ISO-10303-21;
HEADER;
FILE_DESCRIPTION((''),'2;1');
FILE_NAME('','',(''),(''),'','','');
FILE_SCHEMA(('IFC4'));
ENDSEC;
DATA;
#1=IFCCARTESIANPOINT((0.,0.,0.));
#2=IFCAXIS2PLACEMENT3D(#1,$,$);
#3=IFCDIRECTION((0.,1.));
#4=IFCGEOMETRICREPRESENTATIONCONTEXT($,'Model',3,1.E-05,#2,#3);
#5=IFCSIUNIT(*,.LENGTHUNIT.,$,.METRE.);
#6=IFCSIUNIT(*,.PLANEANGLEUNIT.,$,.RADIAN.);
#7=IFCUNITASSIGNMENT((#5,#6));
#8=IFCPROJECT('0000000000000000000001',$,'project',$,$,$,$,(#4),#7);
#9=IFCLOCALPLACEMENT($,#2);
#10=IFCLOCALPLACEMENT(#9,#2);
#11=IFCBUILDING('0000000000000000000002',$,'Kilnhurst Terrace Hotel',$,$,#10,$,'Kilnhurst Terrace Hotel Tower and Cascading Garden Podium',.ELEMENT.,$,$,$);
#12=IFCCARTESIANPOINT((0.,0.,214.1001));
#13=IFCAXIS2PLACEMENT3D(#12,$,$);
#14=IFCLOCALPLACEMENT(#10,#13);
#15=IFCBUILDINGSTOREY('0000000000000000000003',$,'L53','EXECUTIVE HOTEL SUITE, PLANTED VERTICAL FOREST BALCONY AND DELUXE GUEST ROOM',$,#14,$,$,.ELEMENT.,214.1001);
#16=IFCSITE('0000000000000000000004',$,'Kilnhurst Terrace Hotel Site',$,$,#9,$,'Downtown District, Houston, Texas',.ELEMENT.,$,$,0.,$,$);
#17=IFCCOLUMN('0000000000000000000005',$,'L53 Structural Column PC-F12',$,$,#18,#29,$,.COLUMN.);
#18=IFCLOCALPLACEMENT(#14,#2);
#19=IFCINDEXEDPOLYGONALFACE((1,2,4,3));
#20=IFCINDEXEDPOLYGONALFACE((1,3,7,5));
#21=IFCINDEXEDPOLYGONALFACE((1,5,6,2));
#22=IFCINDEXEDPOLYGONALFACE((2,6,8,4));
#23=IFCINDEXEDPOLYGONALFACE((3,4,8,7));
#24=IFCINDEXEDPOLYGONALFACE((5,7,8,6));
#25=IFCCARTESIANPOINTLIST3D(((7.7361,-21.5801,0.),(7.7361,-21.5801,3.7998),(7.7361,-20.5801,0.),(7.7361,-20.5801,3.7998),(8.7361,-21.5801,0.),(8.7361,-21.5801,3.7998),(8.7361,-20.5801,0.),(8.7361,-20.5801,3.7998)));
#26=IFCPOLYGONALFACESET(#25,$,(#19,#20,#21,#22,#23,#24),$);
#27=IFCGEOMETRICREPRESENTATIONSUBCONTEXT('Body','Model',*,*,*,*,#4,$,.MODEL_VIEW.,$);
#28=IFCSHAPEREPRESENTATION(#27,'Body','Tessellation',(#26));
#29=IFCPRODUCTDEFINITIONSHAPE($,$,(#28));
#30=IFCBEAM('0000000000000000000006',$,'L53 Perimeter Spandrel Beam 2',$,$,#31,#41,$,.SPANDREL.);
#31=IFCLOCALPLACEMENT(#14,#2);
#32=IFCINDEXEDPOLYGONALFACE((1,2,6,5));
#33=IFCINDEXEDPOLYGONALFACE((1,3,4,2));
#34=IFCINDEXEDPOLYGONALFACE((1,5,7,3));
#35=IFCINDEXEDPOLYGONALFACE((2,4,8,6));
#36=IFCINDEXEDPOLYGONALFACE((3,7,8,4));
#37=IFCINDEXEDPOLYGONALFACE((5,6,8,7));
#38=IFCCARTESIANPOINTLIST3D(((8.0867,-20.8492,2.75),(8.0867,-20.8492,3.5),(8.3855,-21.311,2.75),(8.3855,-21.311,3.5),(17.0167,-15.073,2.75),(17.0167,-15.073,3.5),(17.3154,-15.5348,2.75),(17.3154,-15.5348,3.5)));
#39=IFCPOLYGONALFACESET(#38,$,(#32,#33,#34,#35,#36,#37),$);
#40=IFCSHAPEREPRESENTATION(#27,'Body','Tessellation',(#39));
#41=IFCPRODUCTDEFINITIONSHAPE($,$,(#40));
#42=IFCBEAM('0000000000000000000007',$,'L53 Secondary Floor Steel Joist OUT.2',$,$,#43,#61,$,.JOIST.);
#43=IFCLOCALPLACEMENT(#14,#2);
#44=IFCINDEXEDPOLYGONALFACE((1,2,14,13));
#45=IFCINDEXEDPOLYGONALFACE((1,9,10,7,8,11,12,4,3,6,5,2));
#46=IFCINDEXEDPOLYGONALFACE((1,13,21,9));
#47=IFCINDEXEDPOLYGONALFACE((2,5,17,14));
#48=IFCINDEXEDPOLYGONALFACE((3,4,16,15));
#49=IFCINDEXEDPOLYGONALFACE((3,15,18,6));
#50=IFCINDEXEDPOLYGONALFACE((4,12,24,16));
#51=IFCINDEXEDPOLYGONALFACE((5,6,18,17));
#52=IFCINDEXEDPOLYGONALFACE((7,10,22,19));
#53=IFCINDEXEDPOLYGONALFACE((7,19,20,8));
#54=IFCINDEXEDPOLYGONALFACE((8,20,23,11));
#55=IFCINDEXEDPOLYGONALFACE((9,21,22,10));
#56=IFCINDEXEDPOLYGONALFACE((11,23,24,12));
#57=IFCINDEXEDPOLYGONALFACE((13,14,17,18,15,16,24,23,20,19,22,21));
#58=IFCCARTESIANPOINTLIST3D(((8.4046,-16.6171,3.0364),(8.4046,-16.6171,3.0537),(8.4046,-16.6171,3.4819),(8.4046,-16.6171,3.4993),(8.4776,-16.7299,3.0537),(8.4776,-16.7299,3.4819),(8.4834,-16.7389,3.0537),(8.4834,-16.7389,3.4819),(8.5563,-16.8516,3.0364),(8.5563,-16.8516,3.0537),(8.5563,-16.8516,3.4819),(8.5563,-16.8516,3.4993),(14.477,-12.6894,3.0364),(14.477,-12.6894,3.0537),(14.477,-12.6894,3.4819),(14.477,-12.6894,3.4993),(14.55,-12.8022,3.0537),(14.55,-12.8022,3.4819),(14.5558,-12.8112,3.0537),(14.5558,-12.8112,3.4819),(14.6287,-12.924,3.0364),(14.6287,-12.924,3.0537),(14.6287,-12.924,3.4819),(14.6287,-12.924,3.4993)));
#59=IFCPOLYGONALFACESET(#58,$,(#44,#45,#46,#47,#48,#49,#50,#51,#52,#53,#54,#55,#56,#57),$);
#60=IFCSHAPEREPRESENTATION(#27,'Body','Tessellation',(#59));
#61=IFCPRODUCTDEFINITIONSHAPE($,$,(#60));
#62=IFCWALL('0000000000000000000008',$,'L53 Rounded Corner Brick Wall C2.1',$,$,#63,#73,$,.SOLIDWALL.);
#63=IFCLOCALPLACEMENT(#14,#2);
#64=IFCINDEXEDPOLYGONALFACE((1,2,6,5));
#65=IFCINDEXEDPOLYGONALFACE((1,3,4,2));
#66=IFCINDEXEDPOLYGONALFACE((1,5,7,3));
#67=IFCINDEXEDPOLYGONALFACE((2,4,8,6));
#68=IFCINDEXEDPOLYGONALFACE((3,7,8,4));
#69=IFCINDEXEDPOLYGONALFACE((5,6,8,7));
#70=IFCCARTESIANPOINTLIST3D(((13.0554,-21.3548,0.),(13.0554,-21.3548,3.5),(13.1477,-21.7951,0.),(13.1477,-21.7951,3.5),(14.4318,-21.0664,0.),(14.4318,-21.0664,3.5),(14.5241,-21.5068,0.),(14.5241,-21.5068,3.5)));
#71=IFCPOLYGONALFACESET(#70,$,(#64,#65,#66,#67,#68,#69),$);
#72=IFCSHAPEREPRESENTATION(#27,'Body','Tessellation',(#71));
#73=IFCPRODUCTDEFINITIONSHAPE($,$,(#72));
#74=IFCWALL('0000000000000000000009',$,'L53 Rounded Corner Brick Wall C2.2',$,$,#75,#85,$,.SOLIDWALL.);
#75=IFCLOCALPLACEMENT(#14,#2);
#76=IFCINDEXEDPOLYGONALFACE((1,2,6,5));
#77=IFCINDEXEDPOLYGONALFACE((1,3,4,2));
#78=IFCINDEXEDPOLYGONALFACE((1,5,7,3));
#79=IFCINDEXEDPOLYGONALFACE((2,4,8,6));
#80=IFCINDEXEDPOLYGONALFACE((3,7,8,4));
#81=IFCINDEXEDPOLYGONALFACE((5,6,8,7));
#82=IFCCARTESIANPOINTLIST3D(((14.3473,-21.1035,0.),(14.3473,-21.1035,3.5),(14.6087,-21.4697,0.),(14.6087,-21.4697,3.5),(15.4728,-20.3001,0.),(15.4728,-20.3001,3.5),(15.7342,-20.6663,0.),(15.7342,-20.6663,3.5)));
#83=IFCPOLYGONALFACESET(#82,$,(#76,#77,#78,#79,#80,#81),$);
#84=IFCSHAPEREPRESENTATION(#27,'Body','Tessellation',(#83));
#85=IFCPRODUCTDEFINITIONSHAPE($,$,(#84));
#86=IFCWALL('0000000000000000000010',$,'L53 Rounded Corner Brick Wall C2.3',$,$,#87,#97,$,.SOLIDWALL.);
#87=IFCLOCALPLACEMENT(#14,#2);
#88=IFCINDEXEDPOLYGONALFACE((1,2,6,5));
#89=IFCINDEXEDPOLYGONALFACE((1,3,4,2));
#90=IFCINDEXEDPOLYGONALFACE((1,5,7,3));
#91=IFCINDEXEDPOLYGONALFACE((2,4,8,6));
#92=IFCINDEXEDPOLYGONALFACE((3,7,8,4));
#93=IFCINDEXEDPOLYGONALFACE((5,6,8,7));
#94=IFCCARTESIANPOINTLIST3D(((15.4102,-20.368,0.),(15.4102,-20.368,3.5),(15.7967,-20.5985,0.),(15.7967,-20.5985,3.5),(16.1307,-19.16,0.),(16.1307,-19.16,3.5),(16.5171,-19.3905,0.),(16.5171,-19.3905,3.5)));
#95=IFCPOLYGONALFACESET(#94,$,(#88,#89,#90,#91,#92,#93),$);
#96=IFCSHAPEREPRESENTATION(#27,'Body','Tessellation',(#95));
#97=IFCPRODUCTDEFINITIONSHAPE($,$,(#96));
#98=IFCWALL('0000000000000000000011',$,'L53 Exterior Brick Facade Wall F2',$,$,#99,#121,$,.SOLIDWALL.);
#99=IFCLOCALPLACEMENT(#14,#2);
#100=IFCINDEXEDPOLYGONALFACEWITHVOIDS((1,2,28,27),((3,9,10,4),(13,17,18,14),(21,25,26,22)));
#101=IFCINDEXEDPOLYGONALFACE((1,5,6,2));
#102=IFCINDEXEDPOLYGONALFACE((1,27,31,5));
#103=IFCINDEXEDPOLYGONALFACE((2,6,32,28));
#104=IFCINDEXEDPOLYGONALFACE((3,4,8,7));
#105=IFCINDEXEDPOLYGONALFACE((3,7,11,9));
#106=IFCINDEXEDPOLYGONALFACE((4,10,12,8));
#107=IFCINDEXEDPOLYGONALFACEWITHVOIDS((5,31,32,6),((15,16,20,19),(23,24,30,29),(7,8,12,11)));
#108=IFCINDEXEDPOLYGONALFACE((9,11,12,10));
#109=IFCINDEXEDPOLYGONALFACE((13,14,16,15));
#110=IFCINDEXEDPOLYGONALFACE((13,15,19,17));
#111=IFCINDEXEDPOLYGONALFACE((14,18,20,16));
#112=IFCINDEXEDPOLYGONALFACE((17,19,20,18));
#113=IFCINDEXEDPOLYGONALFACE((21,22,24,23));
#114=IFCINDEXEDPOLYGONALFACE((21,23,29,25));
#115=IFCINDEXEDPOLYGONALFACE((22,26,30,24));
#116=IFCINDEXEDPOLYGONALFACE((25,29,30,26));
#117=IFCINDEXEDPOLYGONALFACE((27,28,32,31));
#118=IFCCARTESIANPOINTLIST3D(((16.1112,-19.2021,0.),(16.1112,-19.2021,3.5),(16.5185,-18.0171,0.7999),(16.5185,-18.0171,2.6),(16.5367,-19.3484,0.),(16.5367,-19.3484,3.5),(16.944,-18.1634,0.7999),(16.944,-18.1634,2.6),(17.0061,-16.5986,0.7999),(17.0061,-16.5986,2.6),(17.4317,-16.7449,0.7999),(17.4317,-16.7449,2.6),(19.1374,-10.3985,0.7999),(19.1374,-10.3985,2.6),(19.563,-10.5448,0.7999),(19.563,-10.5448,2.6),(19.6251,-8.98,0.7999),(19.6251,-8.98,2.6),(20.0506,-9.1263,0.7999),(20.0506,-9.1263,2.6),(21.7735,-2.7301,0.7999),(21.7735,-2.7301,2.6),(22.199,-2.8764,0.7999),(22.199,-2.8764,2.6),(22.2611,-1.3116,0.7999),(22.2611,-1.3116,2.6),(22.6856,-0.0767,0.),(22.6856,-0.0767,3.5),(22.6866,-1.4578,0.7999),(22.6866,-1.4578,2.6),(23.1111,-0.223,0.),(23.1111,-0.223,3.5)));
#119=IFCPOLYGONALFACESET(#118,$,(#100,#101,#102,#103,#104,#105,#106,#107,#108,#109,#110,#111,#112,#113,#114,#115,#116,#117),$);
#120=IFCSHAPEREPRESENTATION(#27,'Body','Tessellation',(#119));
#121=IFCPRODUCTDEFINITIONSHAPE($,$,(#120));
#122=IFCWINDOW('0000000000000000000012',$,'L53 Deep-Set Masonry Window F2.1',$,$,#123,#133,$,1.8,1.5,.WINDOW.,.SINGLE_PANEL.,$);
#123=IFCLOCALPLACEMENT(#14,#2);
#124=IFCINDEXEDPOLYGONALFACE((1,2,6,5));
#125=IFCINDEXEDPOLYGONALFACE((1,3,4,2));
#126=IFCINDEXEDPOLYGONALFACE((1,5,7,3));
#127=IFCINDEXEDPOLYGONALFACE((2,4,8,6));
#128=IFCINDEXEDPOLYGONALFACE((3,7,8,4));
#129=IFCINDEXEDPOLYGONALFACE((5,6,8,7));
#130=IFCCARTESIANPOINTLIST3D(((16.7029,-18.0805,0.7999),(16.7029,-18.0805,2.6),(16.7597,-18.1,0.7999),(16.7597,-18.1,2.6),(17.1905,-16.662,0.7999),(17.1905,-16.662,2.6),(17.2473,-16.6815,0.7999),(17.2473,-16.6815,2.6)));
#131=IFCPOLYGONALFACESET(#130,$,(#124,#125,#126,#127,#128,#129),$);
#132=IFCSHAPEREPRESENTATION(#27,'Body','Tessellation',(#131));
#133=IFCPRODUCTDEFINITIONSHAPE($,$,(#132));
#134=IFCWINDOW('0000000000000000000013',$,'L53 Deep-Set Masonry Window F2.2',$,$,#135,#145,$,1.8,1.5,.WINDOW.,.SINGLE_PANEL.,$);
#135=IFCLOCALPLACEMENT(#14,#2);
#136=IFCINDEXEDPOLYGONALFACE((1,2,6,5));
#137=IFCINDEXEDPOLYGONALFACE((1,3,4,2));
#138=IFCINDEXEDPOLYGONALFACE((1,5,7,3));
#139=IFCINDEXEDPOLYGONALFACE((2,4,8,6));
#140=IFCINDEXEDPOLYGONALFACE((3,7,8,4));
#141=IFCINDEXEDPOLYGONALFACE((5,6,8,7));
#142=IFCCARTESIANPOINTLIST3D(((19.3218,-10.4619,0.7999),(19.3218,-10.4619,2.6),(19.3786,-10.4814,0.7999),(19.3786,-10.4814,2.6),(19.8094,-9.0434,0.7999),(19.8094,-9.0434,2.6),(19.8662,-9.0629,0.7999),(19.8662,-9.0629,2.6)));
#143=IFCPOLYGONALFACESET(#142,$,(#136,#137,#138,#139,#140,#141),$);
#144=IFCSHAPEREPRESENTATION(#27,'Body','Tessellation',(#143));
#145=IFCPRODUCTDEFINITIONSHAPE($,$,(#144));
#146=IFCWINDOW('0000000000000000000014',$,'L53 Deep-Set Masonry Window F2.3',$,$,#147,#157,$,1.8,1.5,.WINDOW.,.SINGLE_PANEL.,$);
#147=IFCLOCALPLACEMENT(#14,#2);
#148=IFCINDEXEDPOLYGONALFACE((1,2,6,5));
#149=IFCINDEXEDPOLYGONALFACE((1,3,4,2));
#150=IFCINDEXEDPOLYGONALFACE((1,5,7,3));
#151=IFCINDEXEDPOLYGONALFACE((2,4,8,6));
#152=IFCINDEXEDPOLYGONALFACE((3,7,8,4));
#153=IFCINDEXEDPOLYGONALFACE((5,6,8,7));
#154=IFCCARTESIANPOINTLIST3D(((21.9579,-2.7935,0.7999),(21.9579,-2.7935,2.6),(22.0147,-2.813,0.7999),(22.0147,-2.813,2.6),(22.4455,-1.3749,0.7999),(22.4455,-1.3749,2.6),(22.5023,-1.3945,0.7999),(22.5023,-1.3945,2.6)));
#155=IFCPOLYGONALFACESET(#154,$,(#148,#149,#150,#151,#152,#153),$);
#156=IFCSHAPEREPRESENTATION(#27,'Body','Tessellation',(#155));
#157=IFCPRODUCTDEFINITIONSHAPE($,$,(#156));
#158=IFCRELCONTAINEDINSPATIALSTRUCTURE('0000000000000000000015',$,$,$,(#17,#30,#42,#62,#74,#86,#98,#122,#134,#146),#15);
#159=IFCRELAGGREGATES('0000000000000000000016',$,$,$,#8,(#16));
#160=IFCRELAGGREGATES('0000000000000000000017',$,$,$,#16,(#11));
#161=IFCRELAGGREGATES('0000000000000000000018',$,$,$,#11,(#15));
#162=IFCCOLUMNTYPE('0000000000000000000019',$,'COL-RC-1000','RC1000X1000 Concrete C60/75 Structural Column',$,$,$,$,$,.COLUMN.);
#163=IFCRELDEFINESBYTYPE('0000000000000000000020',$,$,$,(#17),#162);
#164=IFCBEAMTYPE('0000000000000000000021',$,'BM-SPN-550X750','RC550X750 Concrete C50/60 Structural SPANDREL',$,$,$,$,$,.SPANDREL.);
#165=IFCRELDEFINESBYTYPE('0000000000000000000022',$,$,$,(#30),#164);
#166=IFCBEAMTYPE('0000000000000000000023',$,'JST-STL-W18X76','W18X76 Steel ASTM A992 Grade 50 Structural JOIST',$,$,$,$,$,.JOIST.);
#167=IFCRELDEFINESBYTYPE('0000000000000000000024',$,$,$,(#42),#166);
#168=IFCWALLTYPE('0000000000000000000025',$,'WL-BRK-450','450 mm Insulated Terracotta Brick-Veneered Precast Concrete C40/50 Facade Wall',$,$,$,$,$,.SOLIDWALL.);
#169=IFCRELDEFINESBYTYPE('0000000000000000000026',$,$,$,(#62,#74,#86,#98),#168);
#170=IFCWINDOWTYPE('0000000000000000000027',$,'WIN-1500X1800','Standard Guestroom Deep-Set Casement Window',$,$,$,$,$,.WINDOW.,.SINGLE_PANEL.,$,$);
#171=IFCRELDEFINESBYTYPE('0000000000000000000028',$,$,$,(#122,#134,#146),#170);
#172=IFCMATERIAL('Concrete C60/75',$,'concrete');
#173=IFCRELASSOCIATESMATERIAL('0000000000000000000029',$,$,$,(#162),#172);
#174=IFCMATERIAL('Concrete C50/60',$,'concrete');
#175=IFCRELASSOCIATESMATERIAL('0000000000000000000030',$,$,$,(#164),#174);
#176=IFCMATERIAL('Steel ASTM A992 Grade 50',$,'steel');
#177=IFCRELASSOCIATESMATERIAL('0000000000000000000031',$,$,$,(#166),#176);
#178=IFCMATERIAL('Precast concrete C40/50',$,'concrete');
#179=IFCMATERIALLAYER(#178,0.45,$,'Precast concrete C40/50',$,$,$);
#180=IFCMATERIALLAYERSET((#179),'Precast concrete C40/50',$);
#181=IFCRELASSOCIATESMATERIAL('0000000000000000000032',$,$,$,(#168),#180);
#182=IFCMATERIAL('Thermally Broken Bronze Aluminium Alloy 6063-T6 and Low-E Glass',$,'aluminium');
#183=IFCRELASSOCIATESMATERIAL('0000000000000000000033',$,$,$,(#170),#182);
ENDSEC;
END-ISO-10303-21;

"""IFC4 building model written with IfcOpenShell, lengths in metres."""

from ifc_helpers import new_model, si_unit, direction, frame, frame_2d, origin, origin_2d, place, context, subcontext, project, spatial, rectangle, i_section, extrude, material, layer, layer_set, material_profile, profile_set, type_object, element, fill, save


model = new_model("IFC4")

# Units and contexts
model_context = context("Model", 3, precision=1e-05, world=origin(), true_north=direction((0.0, 1.0)))
body_context = subcontext(model_context, "Body", "Model", "MODEL_VIEW")
ifc_project = project(units=[si_unit("LENGTHUNIT", "METRE"), si_unit("PLANEANGLEUNIT", "RADIAN")], contexts=[model_context])

# Site, building, storey
site_placement = place(None, origin())
site = spatial("IfcSite", under=ifc_project, at=site_placement, Name="Kilnhurst Terrace Hotel Site", LongName="Downtown District, Houston, Texas", CompositionType="ELEMENT", RefElevation=0.0)
building_placement = place(site_placement, origin())
building = spatial("IfcBuilding", under=site, at=building_placement, Name="Kilnhurst Terrace Hotel", LongName="Kilnhurst Terrace Hotel Tower and Cascading Garden Podium", CompositionType="ELEMENT")
storey_placement = place(building_placement, frame((0.0, 0.0, 214.1001)))
storey = spatial("IfcBuildingStorey", under=building, at=storey_placement, Name="L53", Description="EXECUTIVE HOTEL SUITE, PLANTED VERTICAL FOREST BALCONY AND DELUXE GUEST ROOM", CompositionType="ELEMENT", Elevation=214.1001)

# Column
ifc_material_1 = material(Name="Concrete C60/75", Category="concrete")
ifc_material_profile_1 = material_profile(ifc_material_1, rectangle(XDim=1.0, YDim=1.0, at=origin_2d()), Name="RC1000X1000")
ifc_profile_set_1 = profile_set([ifc_material_profile_1], Name="Concrete C60/75")
column_type = type_object("IfcColumnType", Name="COL-RC-1000", Description="RC1000X1000 Concrete C60/75 Structural Column", PredefinedType="COLUMN", material=ifc_profile_set_1)
column_placement = place(storey_placement, frame((8.2361, -21.0801, 0.0), z_axis=(0.0, 0.0, 1.0), x_axis=(1.0, 0.0, 0.0)))
element("IfcColumn", 1, at=column_placement, inside=storey, type_object=column_type, Name="L53 Structural Column PC-F12", PredefinedType="COLUMN", context=body_context, shape_type="SweptSolid", body=[
    extrude(rectangle(XDim=1.0, YDim=1.0, at=origin_2d()), origin(), (0.0, 0.0, 1.0), 3.7998),
])

# Beams
ifc_material_2 = material(Name="Concrete C50/60", Category="concrete")
ifc_material_profile_2 = material_profile(ifc_material_2, rectangle(XDim=0.55, YDim=0.75, at=origin_2d()), Name="RC550X750")
ifc_profile_set_2 = profile_set([ifc_material_profile_2], Name="Concrete C50/60")
beam_type_1 = type_object("IfcBeamType", Name="BM-SPN-550X750", Description="RC550X750 Concrete C50/60 Structural SPANDREL", PredefinedType="SPANDREL", material=ifc_profile_set_2)
beam_1_placement = place(storey_placement, frame((8.2361, -21.0801, 3.125), z_axis=(0.839659, 0.543114, 0.0), x_axis=(-0.543114, 0.839659, 0.0)))
element("IfcBeam", 2, at=beam_1_placement, inside=storey, type_object=beam_type_1, Name="L53 Perimeter Spandrel Beam 2", PredefinedType="SPANDREL", context=body_context, shape_type="SweptSolid", body=[
    extrude(rectangle(XDim=0.55, YDim=0.75, at=origin_2d()), origin(), (0.0, 0.0, 1.0), 10.6353),
])
ifc_material_3 = material(Name="Steel ASTM A992 Grade 50", Category="steel")
ifc_material_profile_3 = material_profile(ifc_material_3, i_section(OverallWidth=0.2793, OverallDepth=0.4629, WebThickness=0.0107, FlangeThickness=0.0173, at=origin_2d()), Name="W18X76")
ifc_profile_set_3 = profile_set([ifc_material_profile_3], Name="Steel ASTM A992 Grade 50")
beam_type_2 = type_object("IfcBeamType", Name="JST-STL-W18X76", Description="W18X76 Steel ASTM A992 Grade 50 Structural JOIST", PredefinedType="JOIST", material=ifc_profile_set_3)
beam_2_placement = place(storey_placement, frame((8.4805, -16.7344, 3.2678), z_axis=(0.839667, 0.543101, 0.0), x_axis=(-0.543101, 0.839667, 0.0)))
element("IfcBeam", 3, at=beam_2_placement, inside=storey, type_object=beam_type_2, Name="L53 Secondary Floor Steel Joist OUT.2", PredefinedType="JOIST", context=body_context, shape_type="SweptSolid", body=[
    extrude(i_section(OverallWidth=0.2793, OverallDepth=0.4629, WebThickness=0.0107, FlangeThickness=0.0173, at=origin_2d()), origin(), (0.0, 0.0, 1.0), 7.2319),
])

# Walls
ifc_material_4 = material(Name="Precast concrete C40/50", Category="concrete")
ifc_layer_1 = layer(ifc_material_4, 0.45, Name="Precast concrete C40/50")
ifc_layer_set_1 = layer_set([ifc_layer_1], Name="Precast concrete C40/50")
wall_type_1 = type_object("IfcWallType", Name="WL-BRK-450", Description="450 mm Insulated Terracotta Brick-Veneered Precast Concrete C40/50 Facade Wall", PredefinedType="SOLIDWALL", material=ifc_layer_set_1)
wall_1_placement = place(storey_placement, frame((13.1016, -21.575, 0.0), z_axis=(0.0, 0.0, 1.0), x_axis=(0.978757, 0.205022, 0.0)))
element("IfcWall", 4, at=wall_1_placement, inside=storey, type_object=wall_type_1, Name="L53 Rounded Corner Brick Wall C2.1", PredefinedType="SOLIDWALL", context=body_context, shape_type="SweptSolid", body=[
    extrude(rectangle(XDim=1.4062, YDim=0.45, at=frame_2d((0.7031, 0.0))), origin(), (0.0, 0.0, 1.0), 3.5),
])
wall_2_placement = place(storey_placement, frame((14.478, -21.2866, 0.0), z_axis=(0.0, 0.0, 1.0), x_axis=(0.813889, 0.581021, 0.0)))
element("IfcWall", 5, at=wall_2_placement, inside=storey, type_object=wall_type_1, Name="L53 Rounded Corner Brick Wall C2.2", PredefinedType="SOLIDWALL", context=body_context, shape_type="SweptSolid", body=[
    extrude(rectangle(XDim=1.3828, YDim=0.45, at=frame_2d((0.6914, 0.0))), origin(), (0.0, 0.0, 1.0), 3.5),
])
wall_3_placement = place(storey_placement, frame((15.6035, -20.4832, 0.0), z_axis=(0.0, 0.0, 1.0), x_axis=(0.512222, 0.858853, 0.0)))
element("IfcWall", 6, at=wall_3_placement, inside=storey, type_object=wall_type_1, Name="L53 Rounded Corner Brick Wall C2.3", PredefinedType="SOLIDWALL", context=body_context, shape_type="SweptSolid", body=[
    extrude(rectangle(XDim=1.4065, YDim=0.45, at=frame_2d((0.7031, 0.0))), origin(), (0.0, 0.0, 1.0), 3.5),
])

# Wall, openings, windows
wall_4_placement = place(storey_placement, frame((16.324, -19.2751, 0.0), z_axis=(0.0, 0.0, 1.0), x_axis=(0.325083, 0.945685, 0.0)))
wall_4 = element("IfcWall", 7, at=wall_4_placement, inside=storey, type_object=wall_type_1, Name="L53 Exterior Brick Facade Wall F2", PredefinedType="SOLIDWALL", context=body_context, shape_type="SweptSolid", body=[
    extrude(rectangle(XDim=20.2239, YDim=0.45, at=frame_2d((10.1118, 0.0))), origin(), (0.0, 0.0, 1.0), 3.5),
])
opening_1_placement = place(wall_4_placement, frame((1.2529, 0.0, 0.8)))
opening_1 = element("IfcOpeningElement", 8, at=opening_1_placement, cuts=wall_4, PredefinedType="OPENING", context=body_context, shape_type="SweptSolid", body=[
    extrude(rectangle(XDim=1.5, YDim=1.8, at=frame_2d((0.75, 0.8999))), frame((0.0, 0.2349, 0.0), z_axis=(0.0, -1.0, 0.0), x_axis=(1.0, 0.0, 0.0)), (0.0, 0.0, 1.0), 0.47),
])
opening_2_placement = place(wall_4_placement, frame((9.3091, 0.0, 0.8)))
opening_2 = element("IfcOpeningElement", 9, at=opening_2_placement, cuts=wall_4, PredefinedType="OPENING", context=body_context, shape_type="SweptSolid", body=[
    extrude(rectangle(XDim=1.5, YDim=1.8, at=frame_2d((0.75, 0.8999))), frame((0.0, 0.2349, 0.0), z_axis=(0.0, -1.0, 0.0), x_axis=(1.0, 0.0, 0.0)), (0.0, 0.0, 1.0), 0.47),
])
opening_3_placement = place(wall_4_placement, frame((17.418, 0.0, 0.8)))
opening_3 = element("IfcOpeningElement", 10, at=opening_3_placement, cuts=wall_4, PredefinedType="OPENING", context=body_context, shape_type="SweptSolid", body=[
    extrude(rectangle(XDim=1.5, YDim=1.8, at=frame_2d((0.75, 0.8999))), frame((0.0, 0.2349, 0.0), z_axis=(0.0, -1.0, 0.0), x_axis=(1.0, 0.0, 0.0)), (0.0, 0.0, 1.0), 0.47),
])
ifc_material_5 = material(Name="Thermally Broken Bronze Aluminium Alloy 6063-T6 and Low-E Glass", Category="aluminium")
window_type = type_object("IfcWindowType", Name="WIN-1500X1800", Description="Standard Guestroom Deep-Set Casement Window", PartitioningType="SINGLE_PANEL", PredefinedType="WINDOW", material=ifc_material_5)
window_1_placement = place(opening_1_placement, origin())
window_1 = element("IfcWindow", 11, at=window_1_placement, inside=storey, type_object=window_type, Name="L53 Deep-Set Masonry Window F2.1", OverallHeight=1.8, OverallWidth=1.5, PartitioningType="SINGLE_PANEL", PredefinedType="WINDOW", context=body_context, shape_type="SweptSolid", body=[
    extrude(rectangle(XDim=1.5, YDim=1.8, at=frame_2d((0.75, 0.8999))), frame((0.0, 0.03, 0.0), z_axis=(0.0, -1.0, 0.0), x_axis=(1.0, 0.0, 0.0)), (0.0, 0.0, 1.0), 0.0601),
])
fill(opening_1, window_1)
window_2_placement = place(opening_2_placement, origin())
window_2 = element("IfcWindow", 12, at=window_2_placement, inside=storey, type_object=window_type, Name="L53 Deep-Set Masonry Window F2.2", OverallHeight=1.8, OverallWidth=1.5, PartitioningType="SINGLE_PANEL", PredefinedType="WINDOW", context=body_context, shape_type="SweptSolid", body=[
    extrude(rectangle(XDim=1.5, YDim=1.8, at=frame_2d((0.75, 0.8999))), frame((0.0, 0.03, 0.0), z_axis=(0.0, -1.0, 0.0), x_axis=(1.0, 0.0, 0.0)), (0.0, 0.0, 1.0), 0.0601),
])
fill(opening_2, window_2)
window_3_placement = place(opening_3_placement, origin())
window_3 = element("IfcWindow", 13, at=window_3_placement, inside=storey, type_object=window_type, Name="L53 Deep-Set Masonry Window F2.3", OverallHeight=1.8, OverallWidth=1.5, PartitioningType="SINGLE_PANEL", PredefinedType="WINDOW", context=body_context, shape_type="SweptSolid", body=[
    extrude(rectangle(XDim=1.5, YDim=1.8, at=frame_2d((0.75, 0.8999))), frame((0.0, 0.03, 0.0), z_axis=(0.0, -1.0, 0.0), x_axis=(1.0, 0.0, 0.0)), (0.0, 0.0, 1.0), 0.0601),
])
fill(opening_3, window_3)

save(model, "model.ifc")
